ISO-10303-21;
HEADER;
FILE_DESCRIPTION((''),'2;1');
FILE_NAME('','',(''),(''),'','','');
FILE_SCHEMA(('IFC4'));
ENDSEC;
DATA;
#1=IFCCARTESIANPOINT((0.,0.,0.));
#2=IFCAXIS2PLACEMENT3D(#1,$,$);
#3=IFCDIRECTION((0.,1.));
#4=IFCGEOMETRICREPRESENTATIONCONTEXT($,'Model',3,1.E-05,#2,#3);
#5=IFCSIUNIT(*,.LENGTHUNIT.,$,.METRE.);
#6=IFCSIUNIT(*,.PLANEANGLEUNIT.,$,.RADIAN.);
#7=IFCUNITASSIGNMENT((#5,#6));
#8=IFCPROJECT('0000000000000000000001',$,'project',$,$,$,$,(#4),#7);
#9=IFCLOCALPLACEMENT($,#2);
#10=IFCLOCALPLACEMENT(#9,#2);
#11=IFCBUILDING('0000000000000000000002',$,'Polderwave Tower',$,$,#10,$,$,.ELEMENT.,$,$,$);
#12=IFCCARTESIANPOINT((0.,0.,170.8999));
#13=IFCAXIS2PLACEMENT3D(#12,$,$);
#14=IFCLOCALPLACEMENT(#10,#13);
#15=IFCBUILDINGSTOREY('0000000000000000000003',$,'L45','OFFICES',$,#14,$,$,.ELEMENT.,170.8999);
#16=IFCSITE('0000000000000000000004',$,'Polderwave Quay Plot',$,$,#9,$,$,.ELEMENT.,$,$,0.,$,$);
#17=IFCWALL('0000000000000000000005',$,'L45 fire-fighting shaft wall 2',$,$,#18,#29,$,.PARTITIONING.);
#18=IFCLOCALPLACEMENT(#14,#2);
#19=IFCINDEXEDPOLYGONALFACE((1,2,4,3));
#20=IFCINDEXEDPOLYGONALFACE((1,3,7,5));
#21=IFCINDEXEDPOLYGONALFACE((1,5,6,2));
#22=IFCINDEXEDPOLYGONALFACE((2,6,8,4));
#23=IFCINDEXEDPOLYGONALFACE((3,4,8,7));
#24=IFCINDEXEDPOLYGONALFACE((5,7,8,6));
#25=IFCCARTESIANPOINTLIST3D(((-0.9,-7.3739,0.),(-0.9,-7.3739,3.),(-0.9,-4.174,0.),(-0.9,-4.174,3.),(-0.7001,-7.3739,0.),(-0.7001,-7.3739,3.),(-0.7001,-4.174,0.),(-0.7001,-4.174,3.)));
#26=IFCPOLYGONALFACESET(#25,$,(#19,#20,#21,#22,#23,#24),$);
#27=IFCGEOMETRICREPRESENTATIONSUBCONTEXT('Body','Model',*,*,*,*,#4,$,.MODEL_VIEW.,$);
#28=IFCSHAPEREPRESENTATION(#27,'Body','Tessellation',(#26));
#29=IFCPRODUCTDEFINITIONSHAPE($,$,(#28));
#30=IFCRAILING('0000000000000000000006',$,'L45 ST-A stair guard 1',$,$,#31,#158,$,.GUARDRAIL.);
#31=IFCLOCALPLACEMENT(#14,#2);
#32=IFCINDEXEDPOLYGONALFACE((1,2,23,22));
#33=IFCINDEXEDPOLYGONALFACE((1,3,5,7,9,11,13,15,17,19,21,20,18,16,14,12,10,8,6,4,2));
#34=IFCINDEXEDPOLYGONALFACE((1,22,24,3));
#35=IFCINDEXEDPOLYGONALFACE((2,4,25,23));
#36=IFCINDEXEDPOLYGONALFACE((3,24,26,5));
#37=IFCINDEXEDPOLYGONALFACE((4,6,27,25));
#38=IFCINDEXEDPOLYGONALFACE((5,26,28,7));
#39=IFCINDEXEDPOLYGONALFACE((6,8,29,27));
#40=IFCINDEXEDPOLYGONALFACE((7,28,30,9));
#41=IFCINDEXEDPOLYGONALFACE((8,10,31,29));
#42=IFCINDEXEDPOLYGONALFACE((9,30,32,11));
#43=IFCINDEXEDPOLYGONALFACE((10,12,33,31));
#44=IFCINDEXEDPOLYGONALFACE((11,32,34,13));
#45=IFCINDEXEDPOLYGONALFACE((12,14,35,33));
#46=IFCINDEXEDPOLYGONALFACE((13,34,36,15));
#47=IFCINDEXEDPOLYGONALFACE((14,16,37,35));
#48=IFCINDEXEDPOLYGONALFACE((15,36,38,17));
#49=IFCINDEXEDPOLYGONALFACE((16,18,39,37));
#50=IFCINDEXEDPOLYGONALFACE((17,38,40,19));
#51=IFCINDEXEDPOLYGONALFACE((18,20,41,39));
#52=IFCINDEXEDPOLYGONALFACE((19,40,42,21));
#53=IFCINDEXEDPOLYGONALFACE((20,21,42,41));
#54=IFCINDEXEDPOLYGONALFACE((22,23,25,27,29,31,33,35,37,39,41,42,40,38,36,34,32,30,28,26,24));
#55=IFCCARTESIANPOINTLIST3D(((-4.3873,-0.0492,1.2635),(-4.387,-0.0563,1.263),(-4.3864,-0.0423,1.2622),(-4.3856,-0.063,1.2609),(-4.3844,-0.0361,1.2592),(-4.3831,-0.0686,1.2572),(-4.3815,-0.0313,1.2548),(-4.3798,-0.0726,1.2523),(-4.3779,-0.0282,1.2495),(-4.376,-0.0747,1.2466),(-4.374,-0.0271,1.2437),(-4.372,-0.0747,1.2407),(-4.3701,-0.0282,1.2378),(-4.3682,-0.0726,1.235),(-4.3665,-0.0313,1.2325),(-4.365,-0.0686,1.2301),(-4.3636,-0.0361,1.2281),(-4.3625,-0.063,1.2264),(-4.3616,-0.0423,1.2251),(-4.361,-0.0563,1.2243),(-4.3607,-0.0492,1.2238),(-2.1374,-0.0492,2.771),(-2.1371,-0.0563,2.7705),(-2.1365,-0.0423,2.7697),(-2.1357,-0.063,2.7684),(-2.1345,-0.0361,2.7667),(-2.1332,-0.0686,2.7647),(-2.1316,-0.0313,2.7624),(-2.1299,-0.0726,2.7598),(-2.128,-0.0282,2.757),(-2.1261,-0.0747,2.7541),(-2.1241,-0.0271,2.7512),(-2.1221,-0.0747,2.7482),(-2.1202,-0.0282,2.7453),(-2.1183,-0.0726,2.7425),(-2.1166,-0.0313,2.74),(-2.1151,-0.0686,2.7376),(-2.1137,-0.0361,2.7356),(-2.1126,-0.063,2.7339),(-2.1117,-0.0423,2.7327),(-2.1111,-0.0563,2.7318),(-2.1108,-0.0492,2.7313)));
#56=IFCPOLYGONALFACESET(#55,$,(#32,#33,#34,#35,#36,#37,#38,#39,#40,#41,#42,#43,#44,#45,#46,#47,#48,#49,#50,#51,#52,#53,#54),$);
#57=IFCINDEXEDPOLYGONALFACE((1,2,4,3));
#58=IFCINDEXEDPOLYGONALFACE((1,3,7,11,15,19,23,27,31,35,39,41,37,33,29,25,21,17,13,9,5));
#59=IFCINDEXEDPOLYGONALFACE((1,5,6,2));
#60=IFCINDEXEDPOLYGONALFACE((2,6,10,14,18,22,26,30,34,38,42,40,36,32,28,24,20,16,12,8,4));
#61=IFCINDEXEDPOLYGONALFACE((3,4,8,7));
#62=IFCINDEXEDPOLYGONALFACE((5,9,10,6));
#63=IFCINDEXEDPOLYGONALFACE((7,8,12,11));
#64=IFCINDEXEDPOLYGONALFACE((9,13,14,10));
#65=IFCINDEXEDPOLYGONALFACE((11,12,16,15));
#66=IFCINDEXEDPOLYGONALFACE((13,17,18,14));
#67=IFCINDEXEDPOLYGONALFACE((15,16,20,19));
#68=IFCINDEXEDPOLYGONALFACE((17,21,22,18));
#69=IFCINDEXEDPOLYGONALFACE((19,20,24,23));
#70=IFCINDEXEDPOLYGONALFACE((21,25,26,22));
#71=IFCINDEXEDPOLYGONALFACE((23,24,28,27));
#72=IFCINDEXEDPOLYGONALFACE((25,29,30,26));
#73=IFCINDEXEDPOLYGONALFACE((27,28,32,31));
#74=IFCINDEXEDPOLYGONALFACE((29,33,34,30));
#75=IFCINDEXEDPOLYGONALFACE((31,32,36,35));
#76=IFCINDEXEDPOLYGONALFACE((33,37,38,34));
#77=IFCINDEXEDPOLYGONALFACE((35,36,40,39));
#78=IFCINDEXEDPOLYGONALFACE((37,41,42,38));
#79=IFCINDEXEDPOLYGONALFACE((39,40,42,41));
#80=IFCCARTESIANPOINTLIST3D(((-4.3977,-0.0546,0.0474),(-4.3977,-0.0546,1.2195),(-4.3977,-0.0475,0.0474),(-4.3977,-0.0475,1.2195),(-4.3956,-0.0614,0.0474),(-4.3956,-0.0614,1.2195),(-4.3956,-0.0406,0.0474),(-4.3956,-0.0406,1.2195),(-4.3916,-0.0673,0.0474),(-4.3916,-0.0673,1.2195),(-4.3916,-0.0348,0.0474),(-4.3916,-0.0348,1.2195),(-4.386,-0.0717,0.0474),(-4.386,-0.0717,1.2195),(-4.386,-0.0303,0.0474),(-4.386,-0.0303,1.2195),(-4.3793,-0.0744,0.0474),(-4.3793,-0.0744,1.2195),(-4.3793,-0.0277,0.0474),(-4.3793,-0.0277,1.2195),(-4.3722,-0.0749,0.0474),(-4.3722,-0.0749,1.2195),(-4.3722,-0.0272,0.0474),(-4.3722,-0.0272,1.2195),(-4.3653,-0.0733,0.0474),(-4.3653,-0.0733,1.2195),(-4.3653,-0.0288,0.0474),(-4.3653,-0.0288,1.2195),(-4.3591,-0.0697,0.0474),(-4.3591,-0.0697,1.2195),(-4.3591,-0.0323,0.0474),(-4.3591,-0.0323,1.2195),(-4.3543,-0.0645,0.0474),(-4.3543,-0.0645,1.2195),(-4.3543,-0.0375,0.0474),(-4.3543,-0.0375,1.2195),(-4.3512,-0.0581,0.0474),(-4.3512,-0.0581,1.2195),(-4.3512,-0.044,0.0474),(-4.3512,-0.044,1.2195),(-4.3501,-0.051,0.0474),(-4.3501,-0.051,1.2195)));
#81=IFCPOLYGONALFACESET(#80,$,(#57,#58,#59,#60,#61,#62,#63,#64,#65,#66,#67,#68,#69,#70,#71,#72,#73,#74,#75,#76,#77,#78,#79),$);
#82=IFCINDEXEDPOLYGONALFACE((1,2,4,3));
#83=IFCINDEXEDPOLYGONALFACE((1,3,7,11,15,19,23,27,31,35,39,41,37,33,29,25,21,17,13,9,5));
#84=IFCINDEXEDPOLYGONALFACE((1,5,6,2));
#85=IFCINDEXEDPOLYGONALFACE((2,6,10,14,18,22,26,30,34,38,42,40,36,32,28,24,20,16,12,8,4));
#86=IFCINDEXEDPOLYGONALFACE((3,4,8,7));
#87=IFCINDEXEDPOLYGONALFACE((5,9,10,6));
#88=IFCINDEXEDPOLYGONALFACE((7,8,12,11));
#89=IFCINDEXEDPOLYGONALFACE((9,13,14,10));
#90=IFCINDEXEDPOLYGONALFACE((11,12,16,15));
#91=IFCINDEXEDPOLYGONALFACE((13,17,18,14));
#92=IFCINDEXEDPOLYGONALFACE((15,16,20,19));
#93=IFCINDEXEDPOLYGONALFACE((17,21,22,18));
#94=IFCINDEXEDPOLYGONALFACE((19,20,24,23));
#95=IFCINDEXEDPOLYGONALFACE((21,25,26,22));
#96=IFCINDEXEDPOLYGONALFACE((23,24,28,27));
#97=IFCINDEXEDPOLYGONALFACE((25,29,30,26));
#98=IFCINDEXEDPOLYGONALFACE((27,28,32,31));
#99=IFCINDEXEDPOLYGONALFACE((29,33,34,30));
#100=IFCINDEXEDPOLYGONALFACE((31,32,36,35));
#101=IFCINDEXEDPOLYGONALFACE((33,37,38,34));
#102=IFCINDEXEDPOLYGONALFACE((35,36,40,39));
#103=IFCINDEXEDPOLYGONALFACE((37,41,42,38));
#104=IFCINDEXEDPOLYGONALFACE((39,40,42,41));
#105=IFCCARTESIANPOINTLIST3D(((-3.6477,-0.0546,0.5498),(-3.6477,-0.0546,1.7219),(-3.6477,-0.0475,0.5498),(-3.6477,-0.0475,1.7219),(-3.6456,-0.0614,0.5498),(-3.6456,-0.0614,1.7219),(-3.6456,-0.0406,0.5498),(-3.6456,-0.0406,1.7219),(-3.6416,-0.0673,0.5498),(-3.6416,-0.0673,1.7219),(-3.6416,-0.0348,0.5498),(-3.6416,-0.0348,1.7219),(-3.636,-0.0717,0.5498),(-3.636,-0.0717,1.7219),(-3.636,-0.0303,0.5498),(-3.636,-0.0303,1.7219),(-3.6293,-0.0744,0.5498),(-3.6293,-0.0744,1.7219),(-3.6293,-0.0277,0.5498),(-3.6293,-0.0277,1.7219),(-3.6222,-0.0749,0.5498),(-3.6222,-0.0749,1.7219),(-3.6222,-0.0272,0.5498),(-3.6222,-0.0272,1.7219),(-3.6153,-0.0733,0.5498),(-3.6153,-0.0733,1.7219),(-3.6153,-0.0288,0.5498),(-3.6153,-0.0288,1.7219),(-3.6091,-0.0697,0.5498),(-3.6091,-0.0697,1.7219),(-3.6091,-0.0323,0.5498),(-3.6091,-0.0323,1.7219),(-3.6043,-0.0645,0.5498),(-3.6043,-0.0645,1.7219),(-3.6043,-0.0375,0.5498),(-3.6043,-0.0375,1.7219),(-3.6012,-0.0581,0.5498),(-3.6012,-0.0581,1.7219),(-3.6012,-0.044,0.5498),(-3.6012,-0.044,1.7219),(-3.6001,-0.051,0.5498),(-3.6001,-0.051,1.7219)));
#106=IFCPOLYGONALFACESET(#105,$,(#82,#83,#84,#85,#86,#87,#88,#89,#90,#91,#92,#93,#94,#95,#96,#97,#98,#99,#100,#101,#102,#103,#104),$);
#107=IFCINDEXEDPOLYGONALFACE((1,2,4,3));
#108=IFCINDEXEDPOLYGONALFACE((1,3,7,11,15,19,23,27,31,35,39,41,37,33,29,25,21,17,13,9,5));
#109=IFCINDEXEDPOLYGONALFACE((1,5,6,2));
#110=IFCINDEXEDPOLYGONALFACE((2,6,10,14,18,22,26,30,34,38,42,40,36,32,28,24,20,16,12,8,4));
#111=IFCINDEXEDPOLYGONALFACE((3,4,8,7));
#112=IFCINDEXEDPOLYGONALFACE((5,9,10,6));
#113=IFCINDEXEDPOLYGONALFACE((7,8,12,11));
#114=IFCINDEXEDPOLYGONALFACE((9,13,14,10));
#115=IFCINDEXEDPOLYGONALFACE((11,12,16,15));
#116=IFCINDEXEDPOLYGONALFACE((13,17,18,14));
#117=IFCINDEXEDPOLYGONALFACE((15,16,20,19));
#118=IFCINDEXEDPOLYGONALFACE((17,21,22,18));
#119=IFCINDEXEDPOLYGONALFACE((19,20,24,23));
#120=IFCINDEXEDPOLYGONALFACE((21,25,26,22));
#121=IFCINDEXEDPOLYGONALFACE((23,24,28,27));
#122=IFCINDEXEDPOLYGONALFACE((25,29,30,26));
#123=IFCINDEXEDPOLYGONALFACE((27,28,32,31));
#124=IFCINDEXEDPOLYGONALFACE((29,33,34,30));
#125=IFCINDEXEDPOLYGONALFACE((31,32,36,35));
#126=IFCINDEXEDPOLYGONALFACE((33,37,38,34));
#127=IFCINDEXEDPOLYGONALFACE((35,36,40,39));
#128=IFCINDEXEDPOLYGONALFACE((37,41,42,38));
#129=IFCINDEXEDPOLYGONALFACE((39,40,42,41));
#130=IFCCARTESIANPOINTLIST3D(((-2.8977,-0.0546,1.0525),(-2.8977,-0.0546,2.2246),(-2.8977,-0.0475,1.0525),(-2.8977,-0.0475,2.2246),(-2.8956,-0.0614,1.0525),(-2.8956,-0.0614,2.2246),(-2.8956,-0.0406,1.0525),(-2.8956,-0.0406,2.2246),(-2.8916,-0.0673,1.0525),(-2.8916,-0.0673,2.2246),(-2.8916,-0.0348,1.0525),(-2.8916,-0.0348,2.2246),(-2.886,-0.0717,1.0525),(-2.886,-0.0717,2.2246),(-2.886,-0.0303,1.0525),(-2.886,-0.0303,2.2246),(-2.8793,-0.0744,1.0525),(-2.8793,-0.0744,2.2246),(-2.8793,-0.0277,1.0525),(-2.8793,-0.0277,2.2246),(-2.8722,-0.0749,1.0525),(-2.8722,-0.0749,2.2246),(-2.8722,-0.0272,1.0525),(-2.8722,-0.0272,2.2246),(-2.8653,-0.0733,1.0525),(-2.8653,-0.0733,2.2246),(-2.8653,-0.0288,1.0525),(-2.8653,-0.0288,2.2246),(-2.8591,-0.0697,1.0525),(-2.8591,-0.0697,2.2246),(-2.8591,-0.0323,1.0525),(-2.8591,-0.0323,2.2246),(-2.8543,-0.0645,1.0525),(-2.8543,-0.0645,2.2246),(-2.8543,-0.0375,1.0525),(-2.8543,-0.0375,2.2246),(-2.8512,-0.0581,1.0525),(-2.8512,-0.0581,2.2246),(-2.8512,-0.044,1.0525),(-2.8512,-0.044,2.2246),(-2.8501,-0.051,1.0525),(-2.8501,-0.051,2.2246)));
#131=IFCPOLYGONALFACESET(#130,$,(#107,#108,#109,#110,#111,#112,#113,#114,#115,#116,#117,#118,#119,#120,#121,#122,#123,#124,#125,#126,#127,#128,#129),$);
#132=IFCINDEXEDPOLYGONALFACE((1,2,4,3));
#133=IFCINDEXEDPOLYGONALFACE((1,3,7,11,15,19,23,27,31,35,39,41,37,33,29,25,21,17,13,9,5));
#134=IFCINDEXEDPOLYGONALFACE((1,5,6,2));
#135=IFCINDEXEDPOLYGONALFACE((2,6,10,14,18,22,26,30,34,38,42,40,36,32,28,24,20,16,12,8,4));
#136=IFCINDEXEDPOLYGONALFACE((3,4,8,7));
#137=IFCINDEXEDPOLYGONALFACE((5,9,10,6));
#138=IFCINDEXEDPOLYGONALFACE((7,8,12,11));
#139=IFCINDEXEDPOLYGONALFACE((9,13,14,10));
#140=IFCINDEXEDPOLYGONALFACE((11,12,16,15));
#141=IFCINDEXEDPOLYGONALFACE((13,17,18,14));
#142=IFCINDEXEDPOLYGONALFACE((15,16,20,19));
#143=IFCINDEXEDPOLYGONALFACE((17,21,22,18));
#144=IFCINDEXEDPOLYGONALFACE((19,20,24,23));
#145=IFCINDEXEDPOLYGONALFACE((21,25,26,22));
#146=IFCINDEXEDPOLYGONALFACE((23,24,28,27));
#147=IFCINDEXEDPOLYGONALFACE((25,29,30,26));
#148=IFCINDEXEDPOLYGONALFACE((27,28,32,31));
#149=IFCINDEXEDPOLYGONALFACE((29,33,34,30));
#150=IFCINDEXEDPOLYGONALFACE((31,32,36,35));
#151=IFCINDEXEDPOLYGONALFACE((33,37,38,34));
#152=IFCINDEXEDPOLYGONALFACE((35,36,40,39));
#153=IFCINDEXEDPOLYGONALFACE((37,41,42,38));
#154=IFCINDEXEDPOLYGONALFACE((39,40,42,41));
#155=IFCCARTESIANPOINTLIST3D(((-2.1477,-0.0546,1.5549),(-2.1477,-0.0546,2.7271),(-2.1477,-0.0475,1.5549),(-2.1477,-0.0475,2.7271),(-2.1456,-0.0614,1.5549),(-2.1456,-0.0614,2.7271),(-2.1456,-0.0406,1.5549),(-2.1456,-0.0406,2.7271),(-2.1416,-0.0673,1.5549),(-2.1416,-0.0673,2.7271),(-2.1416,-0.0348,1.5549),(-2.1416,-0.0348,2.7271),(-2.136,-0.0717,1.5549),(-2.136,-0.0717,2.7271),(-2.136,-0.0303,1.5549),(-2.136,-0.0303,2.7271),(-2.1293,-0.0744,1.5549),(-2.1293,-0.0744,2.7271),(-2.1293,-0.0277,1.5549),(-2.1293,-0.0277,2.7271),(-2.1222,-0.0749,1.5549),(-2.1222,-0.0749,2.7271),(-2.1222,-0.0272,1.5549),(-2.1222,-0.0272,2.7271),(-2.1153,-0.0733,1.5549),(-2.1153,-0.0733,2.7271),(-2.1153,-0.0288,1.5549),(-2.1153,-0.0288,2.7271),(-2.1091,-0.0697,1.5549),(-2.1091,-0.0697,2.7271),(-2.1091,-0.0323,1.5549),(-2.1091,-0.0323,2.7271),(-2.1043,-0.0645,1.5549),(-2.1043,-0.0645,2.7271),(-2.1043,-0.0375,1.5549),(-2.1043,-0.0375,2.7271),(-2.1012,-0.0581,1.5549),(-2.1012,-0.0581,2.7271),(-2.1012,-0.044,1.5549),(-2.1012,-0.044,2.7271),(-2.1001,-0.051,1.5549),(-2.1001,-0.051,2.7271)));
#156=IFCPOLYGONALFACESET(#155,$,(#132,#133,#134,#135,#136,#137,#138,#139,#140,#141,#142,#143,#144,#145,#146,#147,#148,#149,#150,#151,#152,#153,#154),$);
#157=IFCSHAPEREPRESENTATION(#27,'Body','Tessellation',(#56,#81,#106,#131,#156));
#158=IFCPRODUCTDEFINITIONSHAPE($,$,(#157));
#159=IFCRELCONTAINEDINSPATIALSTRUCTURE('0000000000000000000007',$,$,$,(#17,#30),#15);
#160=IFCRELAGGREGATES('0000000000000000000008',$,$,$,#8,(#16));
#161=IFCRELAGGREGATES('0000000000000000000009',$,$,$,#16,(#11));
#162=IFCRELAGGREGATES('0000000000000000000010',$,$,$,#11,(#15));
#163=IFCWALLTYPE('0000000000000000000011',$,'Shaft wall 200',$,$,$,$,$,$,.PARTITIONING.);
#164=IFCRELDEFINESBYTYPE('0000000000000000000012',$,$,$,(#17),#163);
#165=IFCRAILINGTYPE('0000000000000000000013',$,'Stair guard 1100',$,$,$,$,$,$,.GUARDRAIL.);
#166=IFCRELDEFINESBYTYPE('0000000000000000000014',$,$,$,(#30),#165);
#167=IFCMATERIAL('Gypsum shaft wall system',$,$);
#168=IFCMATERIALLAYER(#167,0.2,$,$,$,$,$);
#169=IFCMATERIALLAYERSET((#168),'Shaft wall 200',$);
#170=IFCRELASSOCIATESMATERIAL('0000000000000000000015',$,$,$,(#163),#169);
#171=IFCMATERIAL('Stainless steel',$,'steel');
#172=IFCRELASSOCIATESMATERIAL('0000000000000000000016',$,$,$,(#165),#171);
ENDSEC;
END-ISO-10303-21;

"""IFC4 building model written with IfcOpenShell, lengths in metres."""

from ifc_helpers import new_model, si_unit, direction, frame, frame_2d, origin, origin_2d, place, context, subcontext, project, spatial, rectangle, circle, extrude, material, layer, layer_set, type_object, element, save


model = new_model("IFC4")

# Units and contexts
model_context = context("Model", 3, precision=1e-05, world=origin(), true_north=direction((0.0, 1.0)))
body_context = subcontext(model_context, "Body", "Model", "MODEL_VIEW")
ifc_project = project(units=[si_unit("LENGTHUNIT", "METRE"), si_unit("PLANEANGLEUNIT", "RADIAN")], contexts=[model_context])

# Site, building, storey
site_placement = place(None, origin())
site = spatial("IfcSite", under=ifc_project, at=site_placement, Name="Polderwave Quay Plot", CompositionType="ELEMENT", RefElevation=0.0)
building_placement = place(site_placement, origin())
building = spatial("IfcBuilding", under=site, at=building_placement, Name="Polderwave Tower", CompositionType="ELEMENT")
storey_placement = place(building_placement, frame((0.0, 0.0, 170.8999)))
storey = spatial("IfcBuildingStorey", under=building, at=storey_placement, Name="L45", Description="OFFICES", CompositionType="ELEMENT", Elevation=170.8999)

# Wall
ifc_material_1 = material(Name="Gypsum shaft wall system")
ifc_layer_1 = layer(ifc_material_1, 0.2)
ifc_layer_set_1 = layer_set([ifc_layer_1], Name="Shaft wall 200")
wall_type_1 = type_object("IfcWallType", Name="Shaft wall 200", PredefinedType="PARTITIONING", material=ifc_layer_set_1)
for number, where, z_axis, x_axis, name in (
    (1, (-0.8, -7.374, 0.0), (0.0, 0.0, 1.0), (0.0, 1.0, 0.0), "L45 fire-fighting shaft wall 2"),
):
    element("IfcWall", number, at=place(storey_placement, frame(where, z_axis=z_axis, x_axis=x_axis)), inside=storey, type_object=wall_type_1, Name=name, PredefinedType="PARTITIONING", context=body_context, shape_type="SweptSolid", body=[
        extrude(rectangle(XDim=3.2, YDim=0.2, at=frame_2d((1.6001, 0.0))), origin(), (0.0, 0.0, 1.0), 3.0),
    ])

# Railing
ifc_material_2 = material(Name="Stainless steel", Category="steel")
railing_type = type_object("IfcRailingType", Name="Stair guard 1100", PredefinedType="GUARDRAIL", material=ifc_material_2)
railing_1_placement = place(storey_placement, frame((-4.374, -0.051, 0.0474)))
element("IfcRailing", 2, at=railing_1_placement, inside=storey, type_object=railing_type, Name="L45 ST-A stair guard 1", PredefinedType="GUARDRAIL", context=body_context, shape_type="SweptSolid", body=[
    extrude(circle(Radius=0.0239, at=origin_2d()), frame((0.0, 0.0, 1.1963), z_axis=(0.830758, 0.0, 0.556633), x_axis=(0.0, 1.0, 0.0)), (0.0, 0.0, 1.0), 2.7083),
    extrude(circle(Radius=0.0239, at=origin_2d()), origin(), (0.0, 0.0, 1.0), 1.1721),
    extrude(circle(Radius=0.0239, at=origin_2d()), frame((0.75, 0.0, 0.5024)), (0.0, 0.0, 1.0), 1.1721),
    extrude(circle(Radius=0.0239, at=origin_2d()), frame((1.5, 0.0, 1.0051)), (0.0, 0.0, 1.0), 1.1721),
    extrude(circle(Radius=0.0239, at=origin_2d()), frame((2.25, 0.0, 1.5076)), (0.0, 0.0, 1.0), 1.1721),
])

save(model, "model.ifc")
